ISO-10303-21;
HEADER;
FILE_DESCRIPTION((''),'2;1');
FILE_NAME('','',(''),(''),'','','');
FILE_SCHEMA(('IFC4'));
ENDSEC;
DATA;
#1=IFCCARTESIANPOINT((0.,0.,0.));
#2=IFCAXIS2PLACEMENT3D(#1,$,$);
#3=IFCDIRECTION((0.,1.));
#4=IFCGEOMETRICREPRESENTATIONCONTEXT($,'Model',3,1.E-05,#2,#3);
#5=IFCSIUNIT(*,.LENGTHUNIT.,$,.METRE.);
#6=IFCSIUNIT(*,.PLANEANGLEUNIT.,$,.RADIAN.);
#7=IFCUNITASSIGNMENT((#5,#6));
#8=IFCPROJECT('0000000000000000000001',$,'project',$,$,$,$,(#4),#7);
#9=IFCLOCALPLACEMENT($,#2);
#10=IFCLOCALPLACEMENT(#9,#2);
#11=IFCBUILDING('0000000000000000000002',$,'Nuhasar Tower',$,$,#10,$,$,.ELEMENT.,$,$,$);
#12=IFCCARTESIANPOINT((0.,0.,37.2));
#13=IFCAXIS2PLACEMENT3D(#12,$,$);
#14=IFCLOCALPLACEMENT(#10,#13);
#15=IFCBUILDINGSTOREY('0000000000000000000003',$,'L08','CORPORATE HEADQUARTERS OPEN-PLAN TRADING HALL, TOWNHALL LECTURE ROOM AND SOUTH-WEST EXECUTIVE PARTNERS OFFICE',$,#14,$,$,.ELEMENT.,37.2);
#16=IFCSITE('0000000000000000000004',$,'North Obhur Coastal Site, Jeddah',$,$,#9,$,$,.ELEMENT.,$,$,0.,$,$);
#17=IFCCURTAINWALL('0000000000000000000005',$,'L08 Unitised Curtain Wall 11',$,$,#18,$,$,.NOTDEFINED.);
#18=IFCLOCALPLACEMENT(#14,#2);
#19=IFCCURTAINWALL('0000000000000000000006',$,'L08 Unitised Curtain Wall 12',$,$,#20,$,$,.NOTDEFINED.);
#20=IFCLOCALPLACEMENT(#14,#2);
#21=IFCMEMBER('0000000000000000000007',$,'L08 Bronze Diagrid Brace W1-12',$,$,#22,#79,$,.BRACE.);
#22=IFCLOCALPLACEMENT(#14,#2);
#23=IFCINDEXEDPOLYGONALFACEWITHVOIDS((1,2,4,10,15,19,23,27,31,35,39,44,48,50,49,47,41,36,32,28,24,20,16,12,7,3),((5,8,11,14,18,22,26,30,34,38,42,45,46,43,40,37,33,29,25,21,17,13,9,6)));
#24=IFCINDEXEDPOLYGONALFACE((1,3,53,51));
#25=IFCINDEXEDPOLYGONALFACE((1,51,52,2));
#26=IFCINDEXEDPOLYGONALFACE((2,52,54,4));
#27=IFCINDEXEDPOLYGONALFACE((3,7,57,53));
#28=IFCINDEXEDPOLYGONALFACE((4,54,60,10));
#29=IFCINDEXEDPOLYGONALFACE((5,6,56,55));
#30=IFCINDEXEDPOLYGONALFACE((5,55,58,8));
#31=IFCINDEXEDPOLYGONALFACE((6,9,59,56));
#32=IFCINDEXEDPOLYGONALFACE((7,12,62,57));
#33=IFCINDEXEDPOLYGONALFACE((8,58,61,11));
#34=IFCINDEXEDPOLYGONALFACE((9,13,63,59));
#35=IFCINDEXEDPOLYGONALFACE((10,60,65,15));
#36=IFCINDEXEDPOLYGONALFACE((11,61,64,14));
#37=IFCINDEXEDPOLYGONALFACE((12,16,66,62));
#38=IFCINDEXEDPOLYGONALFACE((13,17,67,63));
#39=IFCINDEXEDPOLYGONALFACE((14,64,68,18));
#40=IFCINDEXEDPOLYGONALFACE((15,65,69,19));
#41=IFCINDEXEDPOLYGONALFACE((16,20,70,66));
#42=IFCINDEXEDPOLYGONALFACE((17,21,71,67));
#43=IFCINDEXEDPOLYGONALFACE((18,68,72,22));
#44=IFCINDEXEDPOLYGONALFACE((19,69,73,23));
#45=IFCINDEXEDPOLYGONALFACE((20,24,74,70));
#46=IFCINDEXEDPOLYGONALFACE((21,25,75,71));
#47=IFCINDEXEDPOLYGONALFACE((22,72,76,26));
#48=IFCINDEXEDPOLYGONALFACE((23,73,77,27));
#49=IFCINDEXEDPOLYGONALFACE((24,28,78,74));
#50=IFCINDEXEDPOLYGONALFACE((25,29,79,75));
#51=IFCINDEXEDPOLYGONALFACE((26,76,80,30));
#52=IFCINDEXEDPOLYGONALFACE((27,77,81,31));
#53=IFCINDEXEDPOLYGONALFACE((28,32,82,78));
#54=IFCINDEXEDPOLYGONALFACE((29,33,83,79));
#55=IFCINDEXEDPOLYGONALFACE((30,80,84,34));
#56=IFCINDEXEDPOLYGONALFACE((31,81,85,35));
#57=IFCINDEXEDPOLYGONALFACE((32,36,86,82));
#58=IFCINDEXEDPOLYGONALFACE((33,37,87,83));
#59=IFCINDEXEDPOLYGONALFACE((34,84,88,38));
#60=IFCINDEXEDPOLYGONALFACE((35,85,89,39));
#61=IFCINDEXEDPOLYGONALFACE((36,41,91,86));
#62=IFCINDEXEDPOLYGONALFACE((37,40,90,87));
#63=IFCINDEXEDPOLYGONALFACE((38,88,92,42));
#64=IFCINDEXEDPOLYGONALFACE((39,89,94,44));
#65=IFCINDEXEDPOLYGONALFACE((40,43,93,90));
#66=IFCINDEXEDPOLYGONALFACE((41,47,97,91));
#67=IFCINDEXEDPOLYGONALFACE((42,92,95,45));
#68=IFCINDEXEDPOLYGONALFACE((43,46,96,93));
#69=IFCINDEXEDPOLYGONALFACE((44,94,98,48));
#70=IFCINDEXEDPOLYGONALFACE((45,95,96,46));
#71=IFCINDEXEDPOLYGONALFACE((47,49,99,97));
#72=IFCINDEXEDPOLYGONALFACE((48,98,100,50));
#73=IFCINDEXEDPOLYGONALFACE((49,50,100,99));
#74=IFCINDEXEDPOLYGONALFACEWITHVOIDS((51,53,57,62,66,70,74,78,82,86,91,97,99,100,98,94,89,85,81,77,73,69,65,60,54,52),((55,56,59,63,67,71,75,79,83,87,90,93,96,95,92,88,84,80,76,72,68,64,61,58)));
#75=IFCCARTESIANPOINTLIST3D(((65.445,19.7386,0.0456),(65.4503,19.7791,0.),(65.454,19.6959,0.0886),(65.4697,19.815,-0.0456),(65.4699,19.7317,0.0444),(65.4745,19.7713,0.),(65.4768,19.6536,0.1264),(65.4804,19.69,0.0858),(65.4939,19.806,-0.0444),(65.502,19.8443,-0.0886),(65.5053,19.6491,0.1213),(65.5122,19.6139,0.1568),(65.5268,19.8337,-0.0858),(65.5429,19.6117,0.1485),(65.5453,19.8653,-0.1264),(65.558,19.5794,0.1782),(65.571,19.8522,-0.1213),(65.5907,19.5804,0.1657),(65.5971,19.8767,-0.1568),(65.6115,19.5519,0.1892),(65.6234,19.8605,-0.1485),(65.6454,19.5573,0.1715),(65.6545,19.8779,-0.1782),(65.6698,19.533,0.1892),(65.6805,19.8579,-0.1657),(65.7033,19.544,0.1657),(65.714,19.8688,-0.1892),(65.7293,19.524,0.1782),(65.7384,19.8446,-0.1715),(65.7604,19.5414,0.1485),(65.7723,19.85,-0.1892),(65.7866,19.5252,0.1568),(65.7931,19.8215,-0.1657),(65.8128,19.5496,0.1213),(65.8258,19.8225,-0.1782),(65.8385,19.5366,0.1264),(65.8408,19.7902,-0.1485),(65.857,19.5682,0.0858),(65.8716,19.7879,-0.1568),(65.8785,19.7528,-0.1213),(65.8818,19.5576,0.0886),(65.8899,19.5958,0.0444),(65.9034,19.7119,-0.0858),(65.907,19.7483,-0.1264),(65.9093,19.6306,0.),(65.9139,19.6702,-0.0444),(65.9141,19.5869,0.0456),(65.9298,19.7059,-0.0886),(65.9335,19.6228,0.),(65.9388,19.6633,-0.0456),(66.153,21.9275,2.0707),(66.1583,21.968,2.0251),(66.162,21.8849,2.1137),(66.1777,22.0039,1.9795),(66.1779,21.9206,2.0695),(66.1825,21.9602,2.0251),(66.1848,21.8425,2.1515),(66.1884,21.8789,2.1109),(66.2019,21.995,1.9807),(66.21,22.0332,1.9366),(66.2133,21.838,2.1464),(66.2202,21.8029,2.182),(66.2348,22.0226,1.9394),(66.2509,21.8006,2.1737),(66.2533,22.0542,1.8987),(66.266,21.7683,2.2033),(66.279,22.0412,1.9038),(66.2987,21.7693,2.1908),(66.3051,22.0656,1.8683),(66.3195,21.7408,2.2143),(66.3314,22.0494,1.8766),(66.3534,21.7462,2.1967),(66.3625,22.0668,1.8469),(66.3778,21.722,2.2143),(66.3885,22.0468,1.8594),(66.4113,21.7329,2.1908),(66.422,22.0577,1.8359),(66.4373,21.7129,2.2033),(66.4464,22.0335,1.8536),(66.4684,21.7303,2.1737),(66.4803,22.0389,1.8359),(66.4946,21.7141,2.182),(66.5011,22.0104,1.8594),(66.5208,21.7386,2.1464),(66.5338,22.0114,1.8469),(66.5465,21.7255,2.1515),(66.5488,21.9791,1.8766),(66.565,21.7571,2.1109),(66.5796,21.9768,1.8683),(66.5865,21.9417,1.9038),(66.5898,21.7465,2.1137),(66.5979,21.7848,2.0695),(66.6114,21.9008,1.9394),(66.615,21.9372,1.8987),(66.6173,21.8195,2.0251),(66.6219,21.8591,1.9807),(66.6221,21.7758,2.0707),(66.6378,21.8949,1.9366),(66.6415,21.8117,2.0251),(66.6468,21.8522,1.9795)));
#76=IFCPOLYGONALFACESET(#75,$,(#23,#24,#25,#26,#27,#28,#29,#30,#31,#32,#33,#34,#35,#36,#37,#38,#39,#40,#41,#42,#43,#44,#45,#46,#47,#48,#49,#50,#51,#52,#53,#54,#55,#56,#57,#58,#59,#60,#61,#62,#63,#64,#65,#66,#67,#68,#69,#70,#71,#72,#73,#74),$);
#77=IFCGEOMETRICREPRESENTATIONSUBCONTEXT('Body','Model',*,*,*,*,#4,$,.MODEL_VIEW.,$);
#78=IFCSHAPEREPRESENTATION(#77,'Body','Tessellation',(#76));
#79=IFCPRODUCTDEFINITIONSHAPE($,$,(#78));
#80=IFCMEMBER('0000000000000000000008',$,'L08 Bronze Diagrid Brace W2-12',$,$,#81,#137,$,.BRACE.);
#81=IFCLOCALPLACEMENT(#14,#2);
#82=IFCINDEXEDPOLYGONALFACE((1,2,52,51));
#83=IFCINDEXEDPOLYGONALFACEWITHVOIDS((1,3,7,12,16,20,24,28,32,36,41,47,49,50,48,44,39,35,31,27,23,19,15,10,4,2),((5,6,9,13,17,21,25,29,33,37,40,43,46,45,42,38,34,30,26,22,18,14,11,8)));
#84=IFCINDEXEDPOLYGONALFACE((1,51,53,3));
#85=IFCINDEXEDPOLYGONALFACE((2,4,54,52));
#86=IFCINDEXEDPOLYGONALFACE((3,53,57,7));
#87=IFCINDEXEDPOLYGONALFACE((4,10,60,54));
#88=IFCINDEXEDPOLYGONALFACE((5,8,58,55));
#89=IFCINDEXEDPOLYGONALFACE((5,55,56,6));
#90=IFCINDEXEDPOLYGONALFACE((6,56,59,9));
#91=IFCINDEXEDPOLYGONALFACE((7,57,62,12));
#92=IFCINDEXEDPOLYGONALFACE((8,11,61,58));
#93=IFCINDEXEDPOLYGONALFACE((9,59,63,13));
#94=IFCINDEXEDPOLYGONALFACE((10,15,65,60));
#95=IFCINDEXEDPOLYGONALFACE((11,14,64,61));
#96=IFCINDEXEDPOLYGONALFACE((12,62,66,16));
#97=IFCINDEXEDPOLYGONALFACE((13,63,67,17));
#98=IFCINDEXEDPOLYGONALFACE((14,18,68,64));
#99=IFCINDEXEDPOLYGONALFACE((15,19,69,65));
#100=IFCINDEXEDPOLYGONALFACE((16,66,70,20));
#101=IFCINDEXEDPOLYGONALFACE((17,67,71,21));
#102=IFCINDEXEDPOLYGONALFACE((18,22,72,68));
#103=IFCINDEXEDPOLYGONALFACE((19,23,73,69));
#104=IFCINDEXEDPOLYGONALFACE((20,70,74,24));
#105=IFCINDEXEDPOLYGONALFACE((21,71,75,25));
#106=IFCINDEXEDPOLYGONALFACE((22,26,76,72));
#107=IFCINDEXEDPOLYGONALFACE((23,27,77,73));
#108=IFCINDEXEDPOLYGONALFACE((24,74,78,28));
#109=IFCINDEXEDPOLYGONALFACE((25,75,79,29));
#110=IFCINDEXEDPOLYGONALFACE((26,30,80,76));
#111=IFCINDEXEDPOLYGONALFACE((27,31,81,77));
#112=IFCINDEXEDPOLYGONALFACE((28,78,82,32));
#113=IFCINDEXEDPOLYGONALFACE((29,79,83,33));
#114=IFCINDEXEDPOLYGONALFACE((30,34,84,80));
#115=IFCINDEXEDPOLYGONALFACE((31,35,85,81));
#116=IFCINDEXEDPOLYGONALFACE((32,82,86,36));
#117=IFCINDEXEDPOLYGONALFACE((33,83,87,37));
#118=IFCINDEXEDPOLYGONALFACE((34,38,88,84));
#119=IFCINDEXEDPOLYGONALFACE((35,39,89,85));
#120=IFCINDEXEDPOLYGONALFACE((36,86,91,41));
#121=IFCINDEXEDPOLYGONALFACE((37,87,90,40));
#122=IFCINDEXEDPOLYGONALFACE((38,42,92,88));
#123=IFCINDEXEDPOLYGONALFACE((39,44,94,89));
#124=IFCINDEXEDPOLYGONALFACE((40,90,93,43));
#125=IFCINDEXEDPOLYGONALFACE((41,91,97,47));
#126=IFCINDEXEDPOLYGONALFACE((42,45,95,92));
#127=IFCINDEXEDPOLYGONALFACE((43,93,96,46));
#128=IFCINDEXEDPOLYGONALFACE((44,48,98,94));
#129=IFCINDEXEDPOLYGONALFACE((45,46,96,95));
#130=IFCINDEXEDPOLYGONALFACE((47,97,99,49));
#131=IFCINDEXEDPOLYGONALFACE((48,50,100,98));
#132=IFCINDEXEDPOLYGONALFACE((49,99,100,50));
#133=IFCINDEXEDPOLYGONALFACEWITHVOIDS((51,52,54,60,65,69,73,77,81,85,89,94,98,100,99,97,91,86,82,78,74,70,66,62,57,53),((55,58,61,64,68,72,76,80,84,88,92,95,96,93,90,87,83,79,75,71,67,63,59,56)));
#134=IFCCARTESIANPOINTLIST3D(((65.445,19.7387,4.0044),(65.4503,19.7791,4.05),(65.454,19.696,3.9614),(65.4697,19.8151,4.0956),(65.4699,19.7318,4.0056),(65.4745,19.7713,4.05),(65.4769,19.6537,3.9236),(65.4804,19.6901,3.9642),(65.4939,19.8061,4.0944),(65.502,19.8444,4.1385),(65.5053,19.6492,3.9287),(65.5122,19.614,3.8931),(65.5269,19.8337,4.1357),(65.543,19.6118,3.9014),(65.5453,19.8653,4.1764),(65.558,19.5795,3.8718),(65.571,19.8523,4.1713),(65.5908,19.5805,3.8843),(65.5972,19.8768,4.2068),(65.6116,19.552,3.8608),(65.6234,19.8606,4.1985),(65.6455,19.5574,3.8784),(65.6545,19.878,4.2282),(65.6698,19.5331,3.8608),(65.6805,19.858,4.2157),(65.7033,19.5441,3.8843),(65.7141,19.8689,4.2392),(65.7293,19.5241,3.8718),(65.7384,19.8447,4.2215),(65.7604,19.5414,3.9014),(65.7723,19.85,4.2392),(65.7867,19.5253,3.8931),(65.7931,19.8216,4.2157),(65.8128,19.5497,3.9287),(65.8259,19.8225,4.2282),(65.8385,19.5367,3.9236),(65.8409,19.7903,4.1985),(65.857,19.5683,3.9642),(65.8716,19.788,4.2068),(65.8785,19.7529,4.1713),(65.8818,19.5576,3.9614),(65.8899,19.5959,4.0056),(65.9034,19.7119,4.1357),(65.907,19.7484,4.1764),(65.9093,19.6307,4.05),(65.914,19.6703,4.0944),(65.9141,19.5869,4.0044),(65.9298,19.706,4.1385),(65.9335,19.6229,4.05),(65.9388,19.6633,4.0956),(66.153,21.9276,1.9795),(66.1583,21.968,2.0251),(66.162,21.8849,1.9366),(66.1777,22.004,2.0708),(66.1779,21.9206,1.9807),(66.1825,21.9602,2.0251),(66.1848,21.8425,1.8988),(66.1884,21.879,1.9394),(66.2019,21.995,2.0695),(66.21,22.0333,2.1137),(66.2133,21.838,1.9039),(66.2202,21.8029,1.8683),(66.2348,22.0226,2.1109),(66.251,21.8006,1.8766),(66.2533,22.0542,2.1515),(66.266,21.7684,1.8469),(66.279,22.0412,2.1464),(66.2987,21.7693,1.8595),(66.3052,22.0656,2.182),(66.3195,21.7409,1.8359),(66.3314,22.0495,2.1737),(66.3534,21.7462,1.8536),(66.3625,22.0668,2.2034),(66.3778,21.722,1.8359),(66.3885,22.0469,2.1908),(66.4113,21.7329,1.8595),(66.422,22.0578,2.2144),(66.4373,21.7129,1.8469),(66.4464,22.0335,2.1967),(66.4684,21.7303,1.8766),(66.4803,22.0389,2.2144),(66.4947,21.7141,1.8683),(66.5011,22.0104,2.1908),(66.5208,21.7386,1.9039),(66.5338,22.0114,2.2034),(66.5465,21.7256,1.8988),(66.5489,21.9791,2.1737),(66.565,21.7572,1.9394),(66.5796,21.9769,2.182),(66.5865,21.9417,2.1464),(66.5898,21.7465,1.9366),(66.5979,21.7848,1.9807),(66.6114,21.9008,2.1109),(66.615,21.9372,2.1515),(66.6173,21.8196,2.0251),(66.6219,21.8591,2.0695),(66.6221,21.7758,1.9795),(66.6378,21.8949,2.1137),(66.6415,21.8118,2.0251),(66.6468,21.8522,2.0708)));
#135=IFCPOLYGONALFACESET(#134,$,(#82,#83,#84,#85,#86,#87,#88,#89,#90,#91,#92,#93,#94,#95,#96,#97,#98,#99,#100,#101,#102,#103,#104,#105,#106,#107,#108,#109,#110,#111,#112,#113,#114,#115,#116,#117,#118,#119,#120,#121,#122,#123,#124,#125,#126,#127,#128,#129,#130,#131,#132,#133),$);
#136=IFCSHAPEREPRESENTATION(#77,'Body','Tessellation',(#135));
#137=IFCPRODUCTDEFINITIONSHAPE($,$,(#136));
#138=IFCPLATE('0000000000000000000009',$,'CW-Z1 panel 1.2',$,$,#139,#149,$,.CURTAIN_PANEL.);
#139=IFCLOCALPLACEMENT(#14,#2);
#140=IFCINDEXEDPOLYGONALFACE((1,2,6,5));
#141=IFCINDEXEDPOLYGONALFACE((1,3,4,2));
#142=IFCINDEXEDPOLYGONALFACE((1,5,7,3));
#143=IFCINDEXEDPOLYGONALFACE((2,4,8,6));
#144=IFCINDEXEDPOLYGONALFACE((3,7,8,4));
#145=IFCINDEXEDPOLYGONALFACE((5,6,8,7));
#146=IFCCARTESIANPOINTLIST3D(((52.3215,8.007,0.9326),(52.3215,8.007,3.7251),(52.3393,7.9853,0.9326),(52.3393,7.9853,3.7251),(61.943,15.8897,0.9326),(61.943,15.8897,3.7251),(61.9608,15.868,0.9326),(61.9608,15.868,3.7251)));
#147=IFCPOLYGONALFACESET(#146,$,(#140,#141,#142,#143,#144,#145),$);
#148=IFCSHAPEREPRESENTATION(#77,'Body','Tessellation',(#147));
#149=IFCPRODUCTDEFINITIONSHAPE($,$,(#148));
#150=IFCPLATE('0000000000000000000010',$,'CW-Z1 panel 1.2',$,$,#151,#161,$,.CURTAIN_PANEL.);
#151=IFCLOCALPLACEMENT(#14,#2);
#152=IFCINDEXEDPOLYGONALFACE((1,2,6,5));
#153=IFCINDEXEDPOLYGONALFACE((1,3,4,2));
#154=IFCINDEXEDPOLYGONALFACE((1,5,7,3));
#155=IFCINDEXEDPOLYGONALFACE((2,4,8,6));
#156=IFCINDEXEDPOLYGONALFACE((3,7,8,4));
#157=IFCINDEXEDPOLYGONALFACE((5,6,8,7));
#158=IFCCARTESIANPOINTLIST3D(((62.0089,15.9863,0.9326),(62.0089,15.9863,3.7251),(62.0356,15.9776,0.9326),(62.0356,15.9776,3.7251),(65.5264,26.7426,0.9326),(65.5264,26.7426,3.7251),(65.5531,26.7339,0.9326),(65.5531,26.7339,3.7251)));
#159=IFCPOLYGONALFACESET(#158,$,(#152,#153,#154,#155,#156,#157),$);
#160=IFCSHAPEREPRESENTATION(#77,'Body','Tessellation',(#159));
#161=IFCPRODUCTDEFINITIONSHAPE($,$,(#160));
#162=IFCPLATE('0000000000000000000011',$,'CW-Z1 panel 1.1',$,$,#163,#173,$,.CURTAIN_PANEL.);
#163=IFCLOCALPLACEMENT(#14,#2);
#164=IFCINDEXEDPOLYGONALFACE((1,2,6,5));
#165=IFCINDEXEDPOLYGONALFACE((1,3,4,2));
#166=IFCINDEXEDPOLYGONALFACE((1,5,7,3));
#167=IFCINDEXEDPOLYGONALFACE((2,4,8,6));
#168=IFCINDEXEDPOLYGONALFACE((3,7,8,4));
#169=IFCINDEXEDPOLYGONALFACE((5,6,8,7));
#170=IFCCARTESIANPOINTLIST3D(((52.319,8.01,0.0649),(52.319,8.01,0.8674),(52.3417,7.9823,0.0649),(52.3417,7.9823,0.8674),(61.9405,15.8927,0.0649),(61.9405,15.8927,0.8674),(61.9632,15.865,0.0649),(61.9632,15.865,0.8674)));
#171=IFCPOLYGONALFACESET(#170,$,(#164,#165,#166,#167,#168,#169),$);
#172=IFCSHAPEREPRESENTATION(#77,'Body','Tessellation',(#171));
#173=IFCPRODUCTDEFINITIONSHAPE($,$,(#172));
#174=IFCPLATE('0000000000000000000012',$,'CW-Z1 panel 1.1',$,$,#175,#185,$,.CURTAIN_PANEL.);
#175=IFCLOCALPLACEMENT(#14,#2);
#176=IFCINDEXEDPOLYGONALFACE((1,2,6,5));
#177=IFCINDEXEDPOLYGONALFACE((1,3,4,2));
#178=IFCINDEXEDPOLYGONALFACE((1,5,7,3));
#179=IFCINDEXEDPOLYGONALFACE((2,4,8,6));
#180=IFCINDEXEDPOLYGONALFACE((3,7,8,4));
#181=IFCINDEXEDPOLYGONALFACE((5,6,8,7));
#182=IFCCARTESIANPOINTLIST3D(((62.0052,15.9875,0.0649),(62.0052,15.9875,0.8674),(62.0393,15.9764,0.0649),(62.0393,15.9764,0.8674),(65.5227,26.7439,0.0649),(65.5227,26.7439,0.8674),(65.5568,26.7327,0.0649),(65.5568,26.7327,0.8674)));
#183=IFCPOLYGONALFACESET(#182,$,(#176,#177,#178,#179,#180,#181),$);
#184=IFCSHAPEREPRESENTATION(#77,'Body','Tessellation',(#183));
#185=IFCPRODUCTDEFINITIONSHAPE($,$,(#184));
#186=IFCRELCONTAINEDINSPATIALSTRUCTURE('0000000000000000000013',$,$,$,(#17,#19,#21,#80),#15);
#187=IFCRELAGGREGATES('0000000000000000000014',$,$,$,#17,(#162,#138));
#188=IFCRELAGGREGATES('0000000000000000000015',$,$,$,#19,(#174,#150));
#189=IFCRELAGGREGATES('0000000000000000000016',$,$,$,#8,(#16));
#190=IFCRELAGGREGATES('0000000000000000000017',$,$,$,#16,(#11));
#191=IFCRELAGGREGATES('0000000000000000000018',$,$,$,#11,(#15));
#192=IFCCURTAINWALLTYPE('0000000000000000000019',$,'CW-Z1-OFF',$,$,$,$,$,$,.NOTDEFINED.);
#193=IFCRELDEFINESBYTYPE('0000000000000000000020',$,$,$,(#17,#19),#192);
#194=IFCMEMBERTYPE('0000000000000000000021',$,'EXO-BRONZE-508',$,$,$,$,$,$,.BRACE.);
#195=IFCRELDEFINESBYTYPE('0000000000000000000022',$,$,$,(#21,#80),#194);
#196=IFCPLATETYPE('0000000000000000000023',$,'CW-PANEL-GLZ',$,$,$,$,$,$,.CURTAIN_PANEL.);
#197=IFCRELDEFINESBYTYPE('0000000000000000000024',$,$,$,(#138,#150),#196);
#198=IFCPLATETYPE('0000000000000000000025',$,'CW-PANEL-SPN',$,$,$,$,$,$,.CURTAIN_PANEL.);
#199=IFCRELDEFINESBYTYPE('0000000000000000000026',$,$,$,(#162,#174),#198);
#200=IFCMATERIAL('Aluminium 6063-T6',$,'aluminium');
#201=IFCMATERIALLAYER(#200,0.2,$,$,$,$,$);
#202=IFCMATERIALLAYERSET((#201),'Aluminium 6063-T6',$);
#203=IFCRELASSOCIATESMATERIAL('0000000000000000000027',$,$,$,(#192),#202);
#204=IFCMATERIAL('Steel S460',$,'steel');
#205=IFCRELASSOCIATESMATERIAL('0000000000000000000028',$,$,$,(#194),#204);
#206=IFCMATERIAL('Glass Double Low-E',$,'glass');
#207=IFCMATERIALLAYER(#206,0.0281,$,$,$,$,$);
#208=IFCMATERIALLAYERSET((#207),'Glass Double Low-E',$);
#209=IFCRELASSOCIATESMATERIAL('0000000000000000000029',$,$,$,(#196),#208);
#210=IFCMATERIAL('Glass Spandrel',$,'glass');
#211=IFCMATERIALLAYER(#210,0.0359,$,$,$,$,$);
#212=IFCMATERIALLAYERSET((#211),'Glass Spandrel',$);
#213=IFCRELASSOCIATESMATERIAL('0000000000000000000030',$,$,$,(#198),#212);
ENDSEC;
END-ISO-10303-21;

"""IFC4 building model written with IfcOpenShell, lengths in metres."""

from ifc_helpers import new_model, si_unit, direction, frame, origin, origin_2d, place, context, subcontext, project, spatial, rectangle, hollow_circle, extrude, material, layer, layer_set, material_profile, profile_set, type_object, element, aggregate, save


model = new_model("IFC4")

# Units and contexts
model_context = context("Model", 3, precision=1e-05, world=origin(), true_north=direction((0.0, 1.0)))
body_context = subcontext(model_context, "Body", "Model", "MODEL_VIEW")
ifc_project = project(units=[si_unit("LENGTHUNIT", "METRE"), si_unit("PLANEANGLEUNIT", "RADIAN")], contexts=[model_context])

# Site, building, storey
site_placement = place(None, origin())
site = spatial("IfcSite", under=ifc_project, at=site_placement, Name="North Obhur Coastal Site, Jeddah", CompositionType="ELEMENT", RefElevation=0.0)
building_placement = place(site_placement, origin())
building = spatial("IfcBuilding", under=site, at=building_placement, Name="Nuhasar Tower", CompositionType="ELEMENT")
storey_placement = place(building_placement, frame((0.0, 0.0, 37.2)))
storey = spatial("IfcBuildingStorey", under=building, at=storey_placement, Name="L08", Description="CORPORATE HEADQUARTERS OPEN-PLAN TRADING HALL, TOWNHALL LECTURE ROOM AND SOUTH-WEST EXECUTIVE PARTNERS OFFICE", CompositionType="ELEMENT", Elevation=37.2)

# Curtain wall
ifc_material_1 = material(Name="Aluminium 6063-T6", Category="aluminium")
ifc_layer_1 = layer(ifc_material_1, 0.2)
ifc_layer_set_1 = layer_set([ifc_layer_1], Name="Aluminium 6063-T6")
curtain_wall_type = type_object("IfcCurtainWallType", Name="CW-Z1-OFF", PredefinedType="NOTDEFINED", material=ifc_layer_set_1)
curtain_wall_1_placement = place(storey_placement, origin())
curtain_wall_1 = element("IfcCurtainWall", 1, at=curtain_wall_1_placement, inside=storey, type_object=curtain_wall_type, Name="L08 Unitised Curtain Wall 11", PredefinedType="NOTDEFINED")

# Curtain wall
curtain_wall_2_placement = place(storey_placement, origin())
curtain_wall_2 = element("IfcCurtainWall", 2, at=curtain_wall_2_placement, inside=storey, type_object=curtain_wall_type, Name="L08 Unitised Curtain Wall 12", PredefinedType="NOTDEFINED")

# Members
ifc_material_2 = material(Name="Steel S460", Category="steel")
ifc_material_profile_1 = material_profile(ifc_material_2, hollow_circle(Radius=0.2539, WallThickness=0.0254, at=origin_2d()), Name="HSS508X25.4")
ifc_profile_set_1 = profile_set([ifc_material_profile_1], Name="Steel S460")
member_type_1 = type_object("IfcMemberType", Name="EXO-BRONZE-508", PredefinedType="BRACE", material=ifc_profile_set_1)
member_1_placement = place(storey_placement, frame((65.6919, 19.7009, 0.0), z_axis=(0.231, 0.714187, 0.660739), x_axis=(-0.951468, 0.307747, 0.0)))
element("IfcMember", 3, at=member_1_placement, inside=storey, type_object=member_type_1, Name="L08 Bronze Diagrid Brace W1-12", PredefinedType="BRACE", context=body_context, shape_type="SweptSolid", body=[
    extrude(hollow_circle(Radius=0.2539, WallThickness=0.0254, at=origin_2d()), origin(), (0.0, 0.0, 1.0), 3.0649),
])
member_2_placement = place(storey_placement, frame((66.3999, 21.8899, 2.0251), z_axis=(-0.231012, -0.714225, 0.660694), x_axis=(0.951468, -0.307747, 0.0)))
element("IfcMember", 4, at=member_2_placement, inside=storey, type_object=member_type_1, Name="L08 Bronze Diagrid Brace W2-12", PredefinedType="BRACE", context=body_context, shape_type="SweptSolid", body=[
    extrude(hollow_circle(Radius=0.2539, WallThickness=0.0254, at=origin_2d()), origin(), (0.0, 0.0, 1.0), 3.0647),
])

# Plates
ifc_material_3 = material(Name="Glass Double Low-E", Category="glass")
ifc_layer_2 = layer(ifc_material_3, 0.0281)
ifc_layer_set_2 = layer_set([ifc_layer_2], Name="Glass Double Low-E")
plate_type_1 = type_object("IfcPlateType", Name="CW-PANEL-GLZ", PredefinedType="CURTAIN_PANEL", material=ifc_layer_set_2)
plate_1_placement = place(storey_placement, frame((57.1411, 11.9375, 0.9326), z_axis=(0.0, 0.0, 1.0), x_axis=(0.773542, 0.633745, 0.0)))
plate_1 = element("IfcPlate", 5, at=plate_1_placement, type_object=plate_type_1, Name="CW-Z1 panel 1.2", PredefinedType="CURTAIN_PANEL", context=body_context, shape_type="SweptSolid", body=[
    extrude(rectangle(XDim=12.4382, YDim=0.0281, at=origin_2d()), origin(), (0.0, 0.0, 1.0), 2.7925),
])
plate_2_placement = place(storey_placement, frame((63.781, 21.3601, 0.9326), z_axis=(0.0, 0.0, 1.0), x_axis=(0.310824, 0.950468, 0.0)))
plate_2 = element("IfcPlate", 6, at=plate_2_placement, type_object=plate_type_1, Name="CW-Z1 panel 1.2", PredefinedType="CURTAIN_PANEL", context=body_context, shape_type="SweptSolid", body=[
    extrude(rectangle(XDim=11.3169, YDim=0.0281, at=origin_2d()), origin(), (0.0, 0.0, 1.0), 2.7925),
])
ifc_material_4 = material(Name="Glass Spandrel", Category="glass")
ifc_layer_3 = layer(ifc_material_4, 0.0359)
ifc_layer_set_3 = layer_set([ifc_layer_3], Name="Glass Spandrel")
plate_type_2 = type_object("IfcPlateType", Name="CW-PANEL-SPN", PredefinedType="CURTAIN_PANEL", material=ifc_layer_set_3)
plate_3_placement = place(storey_placement, frame((57.1411, 11.9375, 0.0649), z_axis=(0.0, 0.0, 1.0), x_axis=(0.773542, 0.633745, 0.0)))
plate_3 = element("IfcPlate", 7, at=plate_3_placement, type_object=plate_type_2, Name="CW-Z1 panel 1.1", PredefinedType="CURTAIN_PANEL", context=body_context, shape_type="SweptSolid", body=[
    extrude(rectangle(XDim=12.4382, YDim=0.0359, at=origin_2d()), origin(), (0.0, 0.0, 1.0), 0.8025),
])
aggregate(curtain_wall_1, [plate_3, plate_1])
plate_4_placement = place(storey_placement, frame((63.781, 21.3601, 0.0649), z_axis=(0.0, 0.0, 1.0), x_axis=(0.310824, 0.950468, 0.0)))
plate_4 = element("IfcPlate", 8, at=plate_4_placement, type_object=plate_type_2, Name="CW-Z1 panel 1.1", PredefinedType="CURTAIN_PANEL", context=body_context, shape_type="SweptSolid", body=[
    extrude(rectangle(XDim=11.3169, YDim=0.0359, at=origin_2d()), origin(), (0.0, 0.0, 1.0), 0.8025),
])
aggregate(curtain_wall_2, [plate_4, plate_2])

save(model, "model.ifc")
